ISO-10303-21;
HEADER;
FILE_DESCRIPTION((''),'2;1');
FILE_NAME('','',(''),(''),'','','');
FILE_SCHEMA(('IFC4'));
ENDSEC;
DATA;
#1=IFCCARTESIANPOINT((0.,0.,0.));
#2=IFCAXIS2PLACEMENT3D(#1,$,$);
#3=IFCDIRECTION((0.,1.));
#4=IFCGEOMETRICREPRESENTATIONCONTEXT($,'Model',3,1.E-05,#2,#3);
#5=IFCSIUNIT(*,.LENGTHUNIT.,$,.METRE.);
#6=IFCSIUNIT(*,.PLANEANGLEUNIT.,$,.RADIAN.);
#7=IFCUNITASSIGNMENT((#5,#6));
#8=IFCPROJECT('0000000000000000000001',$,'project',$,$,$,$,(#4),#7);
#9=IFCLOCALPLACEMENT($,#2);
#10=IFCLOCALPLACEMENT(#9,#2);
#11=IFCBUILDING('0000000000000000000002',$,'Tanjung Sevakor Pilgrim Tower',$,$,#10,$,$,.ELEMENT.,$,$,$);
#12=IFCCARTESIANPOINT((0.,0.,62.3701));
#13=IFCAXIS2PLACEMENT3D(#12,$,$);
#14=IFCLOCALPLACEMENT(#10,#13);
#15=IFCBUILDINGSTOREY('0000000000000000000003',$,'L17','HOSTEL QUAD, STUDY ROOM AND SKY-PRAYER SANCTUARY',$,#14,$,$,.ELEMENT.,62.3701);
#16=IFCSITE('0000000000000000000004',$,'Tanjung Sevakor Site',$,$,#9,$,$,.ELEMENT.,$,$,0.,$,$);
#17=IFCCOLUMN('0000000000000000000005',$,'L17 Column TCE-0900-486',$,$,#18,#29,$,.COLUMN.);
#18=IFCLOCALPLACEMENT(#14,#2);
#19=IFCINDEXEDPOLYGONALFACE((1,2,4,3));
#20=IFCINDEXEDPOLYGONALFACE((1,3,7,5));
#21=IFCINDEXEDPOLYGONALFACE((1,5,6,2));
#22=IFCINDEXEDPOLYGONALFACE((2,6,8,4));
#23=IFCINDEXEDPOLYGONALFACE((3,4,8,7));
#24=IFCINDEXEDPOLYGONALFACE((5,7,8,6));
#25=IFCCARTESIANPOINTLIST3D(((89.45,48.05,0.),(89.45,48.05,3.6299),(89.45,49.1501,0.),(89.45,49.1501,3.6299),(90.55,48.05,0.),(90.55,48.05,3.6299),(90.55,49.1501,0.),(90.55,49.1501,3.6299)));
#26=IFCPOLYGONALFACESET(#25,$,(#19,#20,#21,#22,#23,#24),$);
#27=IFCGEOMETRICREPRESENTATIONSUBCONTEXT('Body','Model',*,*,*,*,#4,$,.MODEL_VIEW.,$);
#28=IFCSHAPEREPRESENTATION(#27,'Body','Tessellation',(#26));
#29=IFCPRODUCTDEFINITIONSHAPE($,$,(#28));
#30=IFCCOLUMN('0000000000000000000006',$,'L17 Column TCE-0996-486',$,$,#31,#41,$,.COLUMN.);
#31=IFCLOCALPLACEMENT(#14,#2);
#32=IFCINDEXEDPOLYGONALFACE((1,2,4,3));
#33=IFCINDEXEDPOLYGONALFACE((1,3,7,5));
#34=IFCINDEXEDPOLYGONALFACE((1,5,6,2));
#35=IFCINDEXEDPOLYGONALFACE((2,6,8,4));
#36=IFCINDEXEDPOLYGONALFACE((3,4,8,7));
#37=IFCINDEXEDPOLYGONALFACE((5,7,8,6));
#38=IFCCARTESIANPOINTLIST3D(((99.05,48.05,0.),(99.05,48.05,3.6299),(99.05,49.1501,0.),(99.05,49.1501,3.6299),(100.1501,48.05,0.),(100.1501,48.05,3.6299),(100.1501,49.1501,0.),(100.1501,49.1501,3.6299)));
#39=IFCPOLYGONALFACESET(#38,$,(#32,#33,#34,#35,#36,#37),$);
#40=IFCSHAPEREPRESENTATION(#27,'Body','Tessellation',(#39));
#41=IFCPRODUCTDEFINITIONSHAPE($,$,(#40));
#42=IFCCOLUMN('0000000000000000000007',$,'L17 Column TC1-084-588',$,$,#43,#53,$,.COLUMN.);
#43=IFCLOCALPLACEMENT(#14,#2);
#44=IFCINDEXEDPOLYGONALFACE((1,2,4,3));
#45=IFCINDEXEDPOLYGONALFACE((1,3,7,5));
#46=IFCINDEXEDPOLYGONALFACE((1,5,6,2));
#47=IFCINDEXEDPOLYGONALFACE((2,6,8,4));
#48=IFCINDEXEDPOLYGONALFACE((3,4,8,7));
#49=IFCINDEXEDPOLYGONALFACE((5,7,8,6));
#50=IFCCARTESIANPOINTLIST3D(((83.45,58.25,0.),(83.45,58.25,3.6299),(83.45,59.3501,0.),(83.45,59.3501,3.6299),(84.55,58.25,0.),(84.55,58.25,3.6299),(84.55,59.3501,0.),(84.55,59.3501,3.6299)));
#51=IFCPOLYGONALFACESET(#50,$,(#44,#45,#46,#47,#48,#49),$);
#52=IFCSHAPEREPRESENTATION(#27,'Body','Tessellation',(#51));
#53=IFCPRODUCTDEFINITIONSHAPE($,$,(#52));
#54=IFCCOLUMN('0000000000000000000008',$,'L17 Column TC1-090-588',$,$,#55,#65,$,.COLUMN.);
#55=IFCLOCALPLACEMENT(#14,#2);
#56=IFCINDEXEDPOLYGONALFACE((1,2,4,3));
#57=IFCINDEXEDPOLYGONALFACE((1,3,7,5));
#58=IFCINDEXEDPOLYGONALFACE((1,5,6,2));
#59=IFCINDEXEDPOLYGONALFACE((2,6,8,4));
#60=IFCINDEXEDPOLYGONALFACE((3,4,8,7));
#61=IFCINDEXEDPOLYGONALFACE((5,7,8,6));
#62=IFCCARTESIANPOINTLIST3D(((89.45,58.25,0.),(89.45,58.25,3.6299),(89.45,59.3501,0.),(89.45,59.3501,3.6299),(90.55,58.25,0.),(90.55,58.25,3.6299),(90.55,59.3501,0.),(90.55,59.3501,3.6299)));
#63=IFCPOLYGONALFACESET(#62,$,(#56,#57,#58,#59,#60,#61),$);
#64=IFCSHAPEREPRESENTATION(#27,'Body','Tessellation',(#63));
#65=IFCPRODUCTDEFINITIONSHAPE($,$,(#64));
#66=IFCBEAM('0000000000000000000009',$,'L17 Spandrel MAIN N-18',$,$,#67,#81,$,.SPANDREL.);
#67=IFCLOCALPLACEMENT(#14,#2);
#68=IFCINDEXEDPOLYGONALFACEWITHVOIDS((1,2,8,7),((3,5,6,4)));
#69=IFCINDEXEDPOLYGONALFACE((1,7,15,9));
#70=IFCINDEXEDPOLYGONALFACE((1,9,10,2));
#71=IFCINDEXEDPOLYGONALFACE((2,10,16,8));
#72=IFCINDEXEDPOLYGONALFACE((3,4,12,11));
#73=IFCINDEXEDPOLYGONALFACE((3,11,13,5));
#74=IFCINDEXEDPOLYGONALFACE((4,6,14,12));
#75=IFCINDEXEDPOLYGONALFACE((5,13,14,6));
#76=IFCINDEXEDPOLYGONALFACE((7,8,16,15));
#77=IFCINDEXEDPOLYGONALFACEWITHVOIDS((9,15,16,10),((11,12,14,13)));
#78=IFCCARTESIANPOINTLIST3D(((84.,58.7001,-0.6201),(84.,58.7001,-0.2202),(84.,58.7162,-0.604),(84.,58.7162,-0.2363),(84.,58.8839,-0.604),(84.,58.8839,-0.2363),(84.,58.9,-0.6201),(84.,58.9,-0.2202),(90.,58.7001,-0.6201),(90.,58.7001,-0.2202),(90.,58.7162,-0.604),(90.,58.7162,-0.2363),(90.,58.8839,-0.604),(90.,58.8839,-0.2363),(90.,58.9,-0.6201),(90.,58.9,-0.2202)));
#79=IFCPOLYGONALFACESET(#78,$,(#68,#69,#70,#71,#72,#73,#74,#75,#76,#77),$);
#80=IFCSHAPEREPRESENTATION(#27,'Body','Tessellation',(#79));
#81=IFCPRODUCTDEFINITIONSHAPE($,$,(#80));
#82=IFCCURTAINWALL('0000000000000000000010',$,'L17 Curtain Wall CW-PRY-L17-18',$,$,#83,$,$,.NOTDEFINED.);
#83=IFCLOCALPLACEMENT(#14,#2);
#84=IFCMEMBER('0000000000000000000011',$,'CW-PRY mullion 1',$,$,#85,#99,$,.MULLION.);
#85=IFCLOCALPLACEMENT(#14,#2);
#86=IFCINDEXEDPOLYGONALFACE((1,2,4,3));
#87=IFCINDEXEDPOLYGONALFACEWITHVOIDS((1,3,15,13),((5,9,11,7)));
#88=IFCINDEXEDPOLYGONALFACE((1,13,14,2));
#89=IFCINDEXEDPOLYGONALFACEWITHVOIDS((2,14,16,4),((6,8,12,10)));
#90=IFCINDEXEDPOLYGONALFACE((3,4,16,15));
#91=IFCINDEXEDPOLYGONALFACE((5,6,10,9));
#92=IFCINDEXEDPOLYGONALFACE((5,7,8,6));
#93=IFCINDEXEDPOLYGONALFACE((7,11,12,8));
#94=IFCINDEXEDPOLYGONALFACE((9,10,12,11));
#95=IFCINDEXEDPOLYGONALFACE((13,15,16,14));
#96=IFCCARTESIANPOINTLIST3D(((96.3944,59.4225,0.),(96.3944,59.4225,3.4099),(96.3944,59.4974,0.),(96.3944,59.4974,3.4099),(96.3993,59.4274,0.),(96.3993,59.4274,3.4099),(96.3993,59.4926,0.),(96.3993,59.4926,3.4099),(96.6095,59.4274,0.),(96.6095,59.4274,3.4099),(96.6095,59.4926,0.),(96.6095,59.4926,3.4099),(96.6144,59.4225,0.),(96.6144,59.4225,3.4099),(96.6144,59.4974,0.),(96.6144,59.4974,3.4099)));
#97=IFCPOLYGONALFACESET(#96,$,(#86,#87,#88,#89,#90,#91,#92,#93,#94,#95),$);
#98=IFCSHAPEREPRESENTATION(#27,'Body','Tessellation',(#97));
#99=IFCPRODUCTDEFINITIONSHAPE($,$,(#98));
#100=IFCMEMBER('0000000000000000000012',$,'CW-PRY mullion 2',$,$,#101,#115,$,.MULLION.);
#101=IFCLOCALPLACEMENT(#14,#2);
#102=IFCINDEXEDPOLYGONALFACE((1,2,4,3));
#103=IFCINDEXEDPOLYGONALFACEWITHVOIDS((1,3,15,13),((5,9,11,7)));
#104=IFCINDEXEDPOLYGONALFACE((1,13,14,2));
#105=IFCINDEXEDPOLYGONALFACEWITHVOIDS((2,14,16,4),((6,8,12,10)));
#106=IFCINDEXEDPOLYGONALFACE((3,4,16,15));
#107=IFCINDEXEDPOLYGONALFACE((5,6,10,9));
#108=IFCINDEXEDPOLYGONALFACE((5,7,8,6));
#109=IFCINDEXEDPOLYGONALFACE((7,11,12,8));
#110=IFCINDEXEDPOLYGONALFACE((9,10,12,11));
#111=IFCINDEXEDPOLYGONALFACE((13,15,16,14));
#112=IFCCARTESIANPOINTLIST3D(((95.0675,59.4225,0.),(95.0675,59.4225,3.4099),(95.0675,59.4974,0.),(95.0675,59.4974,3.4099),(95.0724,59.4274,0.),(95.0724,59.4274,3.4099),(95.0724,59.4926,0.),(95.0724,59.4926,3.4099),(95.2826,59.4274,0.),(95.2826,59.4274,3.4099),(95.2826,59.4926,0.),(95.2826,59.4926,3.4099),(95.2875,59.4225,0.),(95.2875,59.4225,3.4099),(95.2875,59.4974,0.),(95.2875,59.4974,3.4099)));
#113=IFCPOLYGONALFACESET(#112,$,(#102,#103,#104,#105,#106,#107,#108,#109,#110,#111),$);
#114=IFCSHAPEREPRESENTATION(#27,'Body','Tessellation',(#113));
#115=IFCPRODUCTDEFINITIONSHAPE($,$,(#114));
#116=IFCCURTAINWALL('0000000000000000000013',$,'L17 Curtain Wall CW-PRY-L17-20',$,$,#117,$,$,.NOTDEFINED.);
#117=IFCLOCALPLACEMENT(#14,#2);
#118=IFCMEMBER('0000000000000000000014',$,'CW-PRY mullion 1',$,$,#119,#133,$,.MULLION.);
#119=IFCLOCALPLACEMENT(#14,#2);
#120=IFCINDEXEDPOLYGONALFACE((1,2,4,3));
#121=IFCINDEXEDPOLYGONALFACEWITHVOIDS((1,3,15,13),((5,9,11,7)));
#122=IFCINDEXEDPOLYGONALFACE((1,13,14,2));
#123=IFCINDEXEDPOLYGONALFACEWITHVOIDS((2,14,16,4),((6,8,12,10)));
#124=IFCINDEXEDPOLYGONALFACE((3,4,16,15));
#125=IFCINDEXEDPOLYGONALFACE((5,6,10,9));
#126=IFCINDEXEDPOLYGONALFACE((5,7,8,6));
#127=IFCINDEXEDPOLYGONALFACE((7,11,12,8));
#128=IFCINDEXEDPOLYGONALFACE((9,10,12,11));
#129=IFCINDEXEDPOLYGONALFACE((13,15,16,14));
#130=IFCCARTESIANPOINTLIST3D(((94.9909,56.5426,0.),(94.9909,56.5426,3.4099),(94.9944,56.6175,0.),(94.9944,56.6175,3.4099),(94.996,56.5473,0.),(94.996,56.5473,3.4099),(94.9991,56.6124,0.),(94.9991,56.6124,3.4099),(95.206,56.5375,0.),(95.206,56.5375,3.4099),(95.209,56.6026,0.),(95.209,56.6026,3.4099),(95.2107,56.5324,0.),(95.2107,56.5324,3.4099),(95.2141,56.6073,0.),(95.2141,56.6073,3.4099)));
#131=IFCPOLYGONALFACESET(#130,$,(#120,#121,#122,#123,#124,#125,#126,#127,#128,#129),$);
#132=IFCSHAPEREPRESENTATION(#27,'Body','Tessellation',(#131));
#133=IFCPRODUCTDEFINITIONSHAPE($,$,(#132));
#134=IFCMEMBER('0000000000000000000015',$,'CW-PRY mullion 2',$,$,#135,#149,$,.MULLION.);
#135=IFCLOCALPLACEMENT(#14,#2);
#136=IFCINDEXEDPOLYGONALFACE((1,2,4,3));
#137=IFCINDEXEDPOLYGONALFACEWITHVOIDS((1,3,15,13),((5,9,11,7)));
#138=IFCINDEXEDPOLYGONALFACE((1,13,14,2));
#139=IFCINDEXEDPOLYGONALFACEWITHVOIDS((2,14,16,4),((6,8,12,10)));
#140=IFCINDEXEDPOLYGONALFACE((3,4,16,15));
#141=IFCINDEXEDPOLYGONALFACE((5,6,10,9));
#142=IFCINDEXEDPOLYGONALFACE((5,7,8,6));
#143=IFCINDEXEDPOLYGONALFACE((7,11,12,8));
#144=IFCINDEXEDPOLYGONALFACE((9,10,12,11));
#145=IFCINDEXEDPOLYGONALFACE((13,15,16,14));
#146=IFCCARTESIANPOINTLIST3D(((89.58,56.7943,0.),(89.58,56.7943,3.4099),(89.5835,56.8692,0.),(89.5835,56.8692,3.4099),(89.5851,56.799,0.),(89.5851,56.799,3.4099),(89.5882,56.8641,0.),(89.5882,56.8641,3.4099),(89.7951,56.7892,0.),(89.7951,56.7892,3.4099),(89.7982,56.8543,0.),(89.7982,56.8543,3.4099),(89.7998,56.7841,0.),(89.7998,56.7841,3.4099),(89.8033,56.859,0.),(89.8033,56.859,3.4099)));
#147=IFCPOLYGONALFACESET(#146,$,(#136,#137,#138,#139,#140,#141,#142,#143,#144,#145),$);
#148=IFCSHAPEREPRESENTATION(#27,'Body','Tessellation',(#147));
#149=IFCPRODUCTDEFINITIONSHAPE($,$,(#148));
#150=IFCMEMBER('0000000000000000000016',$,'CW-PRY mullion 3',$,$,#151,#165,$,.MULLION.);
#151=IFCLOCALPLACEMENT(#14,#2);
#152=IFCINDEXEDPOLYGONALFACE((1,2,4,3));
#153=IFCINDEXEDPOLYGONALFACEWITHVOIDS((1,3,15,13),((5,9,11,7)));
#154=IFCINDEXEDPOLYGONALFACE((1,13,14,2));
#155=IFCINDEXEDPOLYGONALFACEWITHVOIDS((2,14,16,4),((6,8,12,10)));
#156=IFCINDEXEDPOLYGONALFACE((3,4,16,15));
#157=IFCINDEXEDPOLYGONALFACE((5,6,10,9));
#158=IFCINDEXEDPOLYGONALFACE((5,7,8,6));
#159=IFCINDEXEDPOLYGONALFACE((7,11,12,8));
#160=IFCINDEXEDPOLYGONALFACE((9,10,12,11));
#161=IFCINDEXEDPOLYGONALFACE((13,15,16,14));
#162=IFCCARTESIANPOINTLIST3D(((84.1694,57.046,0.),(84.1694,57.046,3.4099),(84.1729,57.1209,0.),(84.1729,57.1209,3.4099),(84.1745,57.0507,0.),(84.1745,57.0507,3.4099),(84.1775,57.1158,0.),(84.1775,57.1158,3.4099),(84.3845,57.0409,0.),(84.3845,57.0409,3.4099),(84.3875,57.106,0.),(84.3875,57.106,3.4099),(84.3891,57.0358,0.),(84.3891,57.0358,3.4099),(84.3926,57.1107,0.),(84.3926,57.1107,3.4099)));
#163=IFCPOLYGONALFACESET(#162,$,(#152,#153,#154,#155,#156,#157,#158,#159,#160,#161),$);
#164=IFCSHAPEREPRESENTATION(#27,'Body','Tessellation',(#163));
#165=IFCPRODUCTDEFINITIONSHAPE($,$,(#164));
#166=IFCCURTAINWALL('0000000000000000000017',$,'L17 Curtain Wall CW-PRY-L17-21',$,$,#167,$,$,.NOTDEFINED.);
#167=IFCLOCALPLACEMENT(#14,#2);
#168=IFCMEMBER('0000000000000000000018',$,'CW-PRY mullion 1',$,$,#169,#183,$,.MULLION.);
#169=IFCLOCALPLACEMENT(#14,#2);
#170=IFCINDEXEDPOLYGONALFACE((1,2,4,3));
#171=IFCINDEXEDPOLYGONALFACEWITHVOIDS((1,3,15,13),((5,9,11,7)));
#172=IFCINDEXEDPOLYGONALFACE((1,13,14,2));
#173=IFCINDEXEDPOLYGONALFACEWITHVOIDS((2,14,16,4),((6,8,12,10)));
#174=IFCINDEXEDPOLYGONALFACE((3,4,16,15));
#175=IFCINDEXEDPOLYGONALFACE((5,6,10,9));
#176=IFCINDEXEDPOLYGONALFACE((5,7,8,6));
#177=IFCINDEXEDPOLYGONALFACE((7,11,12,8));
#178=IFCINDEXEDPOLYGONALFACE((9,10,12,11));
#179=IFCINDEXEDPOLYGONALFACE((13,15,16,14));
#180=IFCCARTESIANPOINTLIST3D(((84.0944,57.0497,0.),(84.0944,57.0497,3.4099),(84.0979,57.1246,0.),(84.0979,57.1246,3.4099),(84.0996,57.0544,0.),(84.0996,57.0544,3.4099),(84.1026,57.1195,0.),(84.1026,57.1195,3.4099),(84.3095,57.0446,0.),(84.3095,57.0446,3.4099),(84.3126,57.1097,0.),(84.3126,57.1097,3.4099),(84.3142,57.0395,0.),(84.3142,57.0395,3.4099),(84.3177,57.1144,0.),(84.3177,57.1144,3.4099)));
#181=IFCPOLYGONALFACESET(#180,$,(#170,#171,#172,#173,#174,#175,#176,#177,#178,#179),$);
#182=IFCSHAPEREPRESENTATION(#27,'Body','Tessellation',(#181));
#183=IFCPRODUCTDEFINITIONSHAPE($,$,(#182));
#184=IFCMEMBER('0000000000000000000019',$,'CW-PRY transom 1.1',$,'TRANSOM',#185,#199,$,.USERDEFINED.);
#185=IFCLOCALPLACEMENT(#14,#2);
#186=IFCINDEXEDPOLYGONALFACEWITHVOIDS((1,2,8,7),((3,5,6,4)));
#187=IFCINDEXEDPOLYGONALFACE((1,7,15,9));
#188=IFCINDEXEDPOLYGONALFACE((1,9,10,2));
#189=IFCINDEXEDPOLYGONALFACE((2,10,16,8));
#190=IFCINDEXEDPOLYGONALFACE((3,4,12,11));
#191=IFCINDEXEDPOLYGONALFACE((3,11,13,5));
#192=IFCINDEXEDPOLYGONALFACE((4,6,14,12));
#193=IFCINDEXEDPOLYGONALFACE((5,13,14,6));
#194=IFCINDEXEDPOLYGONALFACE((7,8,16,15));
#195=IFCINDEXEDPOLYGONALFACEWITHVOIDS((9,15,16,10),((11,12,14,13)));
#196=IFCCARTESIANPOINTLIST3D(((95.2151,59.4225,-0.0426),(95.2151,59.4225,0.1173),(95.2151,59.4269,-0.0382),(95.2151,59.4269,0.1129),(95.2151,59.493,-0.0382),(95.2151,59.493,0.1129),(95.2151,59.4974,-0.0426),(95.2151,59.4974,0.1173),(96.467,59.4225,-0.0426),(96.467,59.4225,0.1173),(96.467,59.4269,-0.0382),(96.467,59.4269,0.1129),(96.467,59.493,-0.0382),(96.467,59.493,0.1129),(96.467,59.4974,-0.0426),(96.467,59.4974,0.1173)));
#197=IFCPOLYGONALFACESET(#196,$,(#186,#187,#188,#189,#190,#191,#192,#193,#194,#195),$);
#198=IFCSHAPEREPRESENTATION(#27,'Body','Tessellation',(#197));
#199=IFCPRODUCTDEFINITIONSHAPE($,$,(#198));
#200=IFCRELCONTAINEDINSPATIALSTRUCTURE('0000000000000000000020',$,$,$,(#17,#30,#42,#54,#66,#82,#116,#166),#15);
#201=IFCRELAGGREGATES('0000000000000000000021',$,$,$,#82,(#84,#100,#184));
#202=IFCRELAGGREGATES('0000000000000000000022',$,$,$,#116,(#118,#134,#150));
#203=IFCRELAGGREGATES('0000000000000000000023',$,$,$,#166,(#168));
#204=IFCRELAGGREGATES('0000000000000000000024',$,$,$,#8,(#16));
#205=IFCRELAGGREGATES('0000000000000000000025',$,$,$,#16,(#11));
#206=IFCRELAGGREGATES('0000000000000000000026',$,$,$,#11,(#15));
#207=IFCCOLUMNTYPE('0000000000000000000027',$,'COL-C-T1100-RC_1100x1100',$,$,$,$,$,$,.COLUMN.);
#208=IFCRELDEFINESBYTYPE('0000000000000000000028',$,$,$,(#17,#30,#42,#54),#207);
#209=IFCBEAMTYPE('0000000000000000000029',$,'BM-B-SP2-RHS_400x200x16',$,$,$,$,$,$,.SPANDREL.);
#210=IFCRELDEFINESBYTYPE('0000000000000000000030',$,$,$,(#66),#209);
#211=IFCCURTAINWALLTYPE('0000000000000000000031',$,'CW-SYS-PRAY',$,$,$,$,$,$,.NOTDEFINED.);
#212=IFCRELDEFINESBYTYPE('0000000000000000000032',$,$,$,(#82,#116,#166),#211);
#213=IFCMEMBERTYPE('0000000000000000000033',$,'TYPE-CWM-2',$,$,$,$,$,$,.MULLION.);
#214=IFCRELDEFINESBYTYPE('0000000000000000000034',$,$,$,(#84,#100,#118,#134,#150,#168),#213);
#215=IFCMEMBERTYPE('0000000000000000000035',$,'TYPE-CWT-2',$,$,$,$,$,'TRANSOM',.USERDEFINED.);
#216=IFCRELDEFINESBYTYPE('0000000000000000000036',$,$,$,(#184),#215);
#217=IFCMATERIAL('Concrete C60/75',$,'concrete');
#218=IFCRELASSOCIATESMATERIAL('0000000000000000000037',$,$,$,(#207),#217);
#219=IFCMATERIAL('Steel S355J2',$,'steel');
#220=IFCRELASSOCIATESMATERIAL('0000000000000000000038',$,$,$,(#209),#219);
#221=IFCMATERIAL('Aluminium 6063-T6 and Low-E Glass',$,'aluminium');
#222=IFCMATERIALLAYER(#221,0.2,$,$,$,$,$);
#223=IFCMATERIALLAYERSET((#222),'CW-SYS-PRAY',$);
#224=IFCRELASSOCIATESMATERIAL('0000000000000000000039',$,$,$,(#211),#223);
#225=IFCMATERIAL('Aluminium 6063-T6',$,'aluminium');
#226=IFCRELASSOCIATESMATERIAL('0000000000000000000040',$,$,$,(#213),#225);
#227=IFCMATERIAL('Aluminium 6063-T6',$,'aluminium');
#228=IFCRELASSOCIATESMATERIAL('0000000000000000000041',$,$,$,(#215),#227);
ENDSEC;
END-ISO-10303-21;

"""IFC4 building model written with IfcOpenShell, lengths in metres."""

from ifc_helpers import new_model, si_unit, direction, frame, origin, origin_2d, place, context, subcontext, project, spatial, rectangle, hollow_rectangle, extrude, material, layer, layer_set, material_profile, profile_set, type_object, element, aggregate, save


model = new_model("IFC4")

# Units and contexts
model_context = context("Model", 3, precision=1e-05, world=origin(), true_north=direction((0.0, 1.0)))
body_context = subcontext(model_context, "Body", "Model", "MODEL_VIEW")
ifc_project = project(units=[si_unit("LENGTHUNIT", "METRE"), si_unit("PLANEANGLEUNIT", "RADIAN")], contexts=[model_context])

# Site, building, storey
site_placement = place(None, origin())
site = spatial("IfcSite", under=ifc_project, at=site_placement, Name="Tanjung Sevakor Site", CompositionType="ELEMENT", RefElevation=0.0)
building_placement = place(site_placement, origin())
building = spatial("IfcBuilding", under=site, at=building_placement, Name="Tanjung Sevakor Pilgrim Tower", CompositionType="ELEMENT")
storey_placement = place(building_placement, frame((0.0, 0.0, 62.3701)))
storey = spatial("IfcBuildingStorey", under=building, at=storey_placement, Name="L17", Description="HOSTEL QUAD, STUDY ROOM AND SKY-PRAYER SANCTUARY", CompositionType="ELEMENT", Elevation=62.3701)

# Columns
ifc_material_1 = material(Name="Concrete C60/75", Category="concrete")
ifc_material_profile_1 = material_profile(ifc_material_1, rectangle(XDim=1.1001, YDim=1.1001, at=origin_2d()))
ifc_profile_set_1 = profile_set([ifc_material_profile_1], Name="Concrete C60/75")
column_type = type_object("IfcColumnType", Name="COL-C-T1100-RC_1100x1100", PredefinedType="COLUMN", material=ifc_profile_set_1)
for number, where, z_axis, x_axis, name in (
    (1, (90.0, 48.6001, 0.0), (0.0, 0.0, 1.0), (1.0, 0.0, 0.0), "L17 Column TCE-0900-486"),
    (2, (99.6001, 48.6001, 0.0), (0.0, 0.0, 1.0), (1.0, 0.0, 0.0), "L17 Column TCE-0996-486"),
    (3, (84.0, 58.8, 0.0), (0.0, 0.0, 1.0), (1.0, 0.0, 0.0), "L17 Column TC1-084-588"),
    (4, (90.0, 58.8, 0.0), (0.0, 0.0, 1.0), (1.0, 0.0, 0.0), "L17 Column TC1-090-588"),
):
    element("IfcColumn", number, at=place(storey_placement, frame(where, z_axis=z_axis, x_axis=x_axis)), inside=storey, type_object=column_type, Name=name, PredefinedType="COLUMN", context=body_context, shape_type="SweptSolid", body=[
        extrude(rectangle(XDim=1.1001, YDim=1.1001, at=origin_2d()), origin(), (0.0, 0.0, 1.0), 3.6299),
    ])

# Beam
ifc_material_2 = material(Name="Steel S355J2", Category="steel")
ifc_material_profile_2 = material_profile(ifc_material_2, hollow_rectangle(XDim=0.2, YDim=0.3999, WallThickness=0.0161, at=origin_2d()))
ifc_profile_set_2 = profile_set([ifc_material_profile_2], Name="Steel S355J2")
beam_type = type_object("IfcBeamType", Name="BM-B-SP2-RHS_400x200x16", PredefinedType="SPANDREL", material=ifc_profile_set_2)
beam_placement = place(storey_placement, frame((84.0, 58.8, -0.4202), z_axis=(1.0, 0.0, 0.0), x_axis=(0.0, 1.0, 0.0)))
element("IfcBeam", 5, at=beam_placement, inside=storey, type_object=beam_type, Name="L17 Spandrel MAIN N-18", PredefinedType="SPANDREL", context=body_context, shape_type="SweptSolid", body=[
    extrude(hollow_rectangle(XDim=0.2, YDim=0.3999, WallThickness=0.0161, at=origin_2d()), origin(), (0.0, 0.0, 1.0), 6.0),
])

# Curtain walls, members
ifc_material_3 = material(Name="Aluminium 6063-T6 and Low-E Glass", Category="aluminium")
ifc_layer_1 = layer(ifc_material_3, 0.2)
ifc_layer_set_1 = layer_set([ifc_layer_1], Name="CW-SYS-PRAY")
curtain_wall_type = type_object("IfcCurtainWallType", Name="CW-SYS-PRAY", PredefinedType="NOTDEFINED", material=ifc_layer_set_1)
curtain_wall_1_placement = place(storey_placement, origin())
curtain_wall_1 = element("IfcCurtainWall", 6, at=curtain_wall_1_placement, inside=storey, type_object=curtain_wall_type, Name="L17 Curtain Wall CW-PRY-L17-18", PredefinedType="NOTDEFINED")
ifc_material_4 = material(Name="Aluminium 6063-T6", Category="aluminium")
ifc_material_profile_3 = material_profile(ifc_material_4, hollow_rectangle(XDim=0.075, YDim=0.22, WallThickness=0.0049, at=origin_2d()))
ifc_profile_set_3 = profile_set([ifc_material_profile_3], Name="Aluminium 6063-T6")
member_type_1 = type_object("IfcMemberType", Name="TYPE-CWM-2", PredefinedType="MULLION", material=ifc_profile_set_3)
member_1_placement = place(storey_placement, frame((96.5044, 59.46, 0.0), z_axis=(0.0, 0.0, 1.0), x_axis=(0.0, -1.0, 0.0)))
member_1 = element("IfcMember", 7, at=member_1_placement, type_object=member_type_1, Name="CW-PRY mullion 1", PredefinedType="MULLION", context=body_context, shape_type="SweptSolid", body=[
    extrude(hollow_rectangle(XDim=0.075, YDim=0.22, WallThickness=0.0049, at=origin_2d()), origin(), (0.0, 0.0, 1.0), 3.4099),
])
member_2_placement = place(storey_placement, frame((95.1775, 59.46, 0.0), z_axis=(0.0, 0.0, 1.0), x_axis=(0.0, -1.0, 0.0)))
member_2 = element("IfcMember", 8, at=member_2_placement, type_object=member_type_1, Name="CW-PRY mullion 2", PredefinedType="MULLION", context=body_context, shape_type="SweptSolid", body=[
    extrude(hollow_rectangle(XDim=0.075, YDim=0.22, WallThickness=0.0049, at=origin_2d()), origin(), (0.0, 0.0, 1.0), 3.4099),
])
curtain_wall_2_placement = place(storey_placement, origin())
curtain_wall_2 = element("IfcCurtainWall", 9, at=curtain_wall_2_placement, inside=storey, type_object=curtain_wall_type, Name="L17 Curtain Wall CW-PRY-L17-20", PredefinedType="NOTDEFINED")
member_3_placement = place(storey_placement, frame((95.1025, 56.575, 0.0), z_axis=(0.0, 0.0, 1.0), x_axis=(-0.046469, -0.99892, 0.0)))
member_3 = element("IfcMember", 10, at=member_3_placement, type_object=member_type_1, Name="CW-PRY mullion 1", PredefinedType="MULLION", context=body_context, shape_type="SweptSolid", body=[
    extrude(hollow_rectangle(XDim=0.075, YDim=0.22, WallThickness=0.0049, at=origin_2d()), origin(), (0.0, 0.0, 1.0), 3.4099),
])
member_4_placement = place(storey_placement, frame((89.6917, 56.8267, 0.0), z_axis=(0.0, 0.0, 1.0), x_axis=(-0.046469, -0.99892, 0.0)))
member_4 = element("IfcMember", 11, at=member_4_placement, type_object=member_type_1, Name="CW-PRY mullion 2", PredefinedType="MULLION", context=body_context, shape_type="SweptSolid", body=[
    extrude(hollow_rectangle(XDim=0.075, YDim=0.22, WallThickness=0.0049, at=origin_2d()), origin(), (0.0, 0.0, 1.0), 3.4099),
])
member_5_placement = place(storey_placement, frame((84.281, 57.0784, 0.0), z_axis=(0.0, 0.0, 1.0), x_axis=(-0.046469, -0.99892, 0.0)))
member_5 = element("IfcMember", 12, at=member_5_placement, type_object=member_type_1, Name="CW-PRY mullion 3", PredefinedType="MULLION", context=body_context, shape_type="SweptSolid", body=[
    extrude(hollow_rectangle(XDim=0.075, YDim=0.22, WallThickness=0.0049, at=origin_2d()), origin(), (0.0, 0.0, 1.0), 3.4099),
])

# Curtain wall, member
curtain_wall_3_placement = place(storey_placement, origin())
curtain_wall_3 = element("IfcCurtainWall", 13, at=curtain_wall_3_placement, inside=storey, type_object=curtain_wall_type, Name="L17 Curtain Wall CW-PRY-L17-21", PredefinedType="NOTDEFINED")
member_6_placement = place(storey_placement, frame((84.2061, 57.082, 0.0), z_axis=(0.0, 0.0, 1.0), x_axis=(-0.046452, -0.998921, 0.0)))
member_6 = element("IfcMember", 14, at=member_6_placement, type_object=member_type_1, Name="CW-PRY mullion 1", PredefinedType="MULLION", context=body_context, shape_type="SweptSolid", body=[
    extrude(hollow_rectangle(XDim=0.075, YDim=0.22, WallThickness=0.0049, at=origin_2d()), origin(), (0.0, 0.0, 1.0), 3.4099),
])

# Member
ifc_material_5 = material(Name="Aluminium 6063-T6", Category="aluminium")
ifc_material_profile_4 = material_profile(ifc_material_5, hollow_rectangle(XDim=0.075, YDim=0.1599, WallThickness=0.0044, at=origin_2d()))
ifc_profile_set_4 = profile_set([ifc_material_profile_4], Name="Aluminium 6063-T6")
member_type_2 = type_object("IfcMemberType", Name="TYPE-CWT-2", ElementType="TRANSOM", PredefinedType="USERDEFINED", material=ifc_profile_set_4)
member_7_placement = place(storey_placement, frame((96.467, 59.46, 0.0374), z_axis=(-1.0, 0.0, 0.0), x_axis=(0.0, -1.0, 0.0)))
member_7 = element("IfcMember", 15, at=member_7_placement, type_object=member_type_2, Name="CW-PRY transom 1.1", ObjectType="TRANSOM", PredefinedType="USERDEFINED", context=body_context, shape_type="SweptSolid", body=[
    extrude(hollow_rectangle(XDim=0.075, YDim=0.1599, WallThickness=0.0044, at=origin_2d()), origin(), (0.0, 0.0, 1.0), 1.252),
])

aggregate(curtain_wall_1, [member_1, member_2, member_7])
aggregate(curtain_wall_2, [member_3, member_4, member_5])
aggregate(curtain_wall_3, [member_6])

save(model, "model.ifc")
